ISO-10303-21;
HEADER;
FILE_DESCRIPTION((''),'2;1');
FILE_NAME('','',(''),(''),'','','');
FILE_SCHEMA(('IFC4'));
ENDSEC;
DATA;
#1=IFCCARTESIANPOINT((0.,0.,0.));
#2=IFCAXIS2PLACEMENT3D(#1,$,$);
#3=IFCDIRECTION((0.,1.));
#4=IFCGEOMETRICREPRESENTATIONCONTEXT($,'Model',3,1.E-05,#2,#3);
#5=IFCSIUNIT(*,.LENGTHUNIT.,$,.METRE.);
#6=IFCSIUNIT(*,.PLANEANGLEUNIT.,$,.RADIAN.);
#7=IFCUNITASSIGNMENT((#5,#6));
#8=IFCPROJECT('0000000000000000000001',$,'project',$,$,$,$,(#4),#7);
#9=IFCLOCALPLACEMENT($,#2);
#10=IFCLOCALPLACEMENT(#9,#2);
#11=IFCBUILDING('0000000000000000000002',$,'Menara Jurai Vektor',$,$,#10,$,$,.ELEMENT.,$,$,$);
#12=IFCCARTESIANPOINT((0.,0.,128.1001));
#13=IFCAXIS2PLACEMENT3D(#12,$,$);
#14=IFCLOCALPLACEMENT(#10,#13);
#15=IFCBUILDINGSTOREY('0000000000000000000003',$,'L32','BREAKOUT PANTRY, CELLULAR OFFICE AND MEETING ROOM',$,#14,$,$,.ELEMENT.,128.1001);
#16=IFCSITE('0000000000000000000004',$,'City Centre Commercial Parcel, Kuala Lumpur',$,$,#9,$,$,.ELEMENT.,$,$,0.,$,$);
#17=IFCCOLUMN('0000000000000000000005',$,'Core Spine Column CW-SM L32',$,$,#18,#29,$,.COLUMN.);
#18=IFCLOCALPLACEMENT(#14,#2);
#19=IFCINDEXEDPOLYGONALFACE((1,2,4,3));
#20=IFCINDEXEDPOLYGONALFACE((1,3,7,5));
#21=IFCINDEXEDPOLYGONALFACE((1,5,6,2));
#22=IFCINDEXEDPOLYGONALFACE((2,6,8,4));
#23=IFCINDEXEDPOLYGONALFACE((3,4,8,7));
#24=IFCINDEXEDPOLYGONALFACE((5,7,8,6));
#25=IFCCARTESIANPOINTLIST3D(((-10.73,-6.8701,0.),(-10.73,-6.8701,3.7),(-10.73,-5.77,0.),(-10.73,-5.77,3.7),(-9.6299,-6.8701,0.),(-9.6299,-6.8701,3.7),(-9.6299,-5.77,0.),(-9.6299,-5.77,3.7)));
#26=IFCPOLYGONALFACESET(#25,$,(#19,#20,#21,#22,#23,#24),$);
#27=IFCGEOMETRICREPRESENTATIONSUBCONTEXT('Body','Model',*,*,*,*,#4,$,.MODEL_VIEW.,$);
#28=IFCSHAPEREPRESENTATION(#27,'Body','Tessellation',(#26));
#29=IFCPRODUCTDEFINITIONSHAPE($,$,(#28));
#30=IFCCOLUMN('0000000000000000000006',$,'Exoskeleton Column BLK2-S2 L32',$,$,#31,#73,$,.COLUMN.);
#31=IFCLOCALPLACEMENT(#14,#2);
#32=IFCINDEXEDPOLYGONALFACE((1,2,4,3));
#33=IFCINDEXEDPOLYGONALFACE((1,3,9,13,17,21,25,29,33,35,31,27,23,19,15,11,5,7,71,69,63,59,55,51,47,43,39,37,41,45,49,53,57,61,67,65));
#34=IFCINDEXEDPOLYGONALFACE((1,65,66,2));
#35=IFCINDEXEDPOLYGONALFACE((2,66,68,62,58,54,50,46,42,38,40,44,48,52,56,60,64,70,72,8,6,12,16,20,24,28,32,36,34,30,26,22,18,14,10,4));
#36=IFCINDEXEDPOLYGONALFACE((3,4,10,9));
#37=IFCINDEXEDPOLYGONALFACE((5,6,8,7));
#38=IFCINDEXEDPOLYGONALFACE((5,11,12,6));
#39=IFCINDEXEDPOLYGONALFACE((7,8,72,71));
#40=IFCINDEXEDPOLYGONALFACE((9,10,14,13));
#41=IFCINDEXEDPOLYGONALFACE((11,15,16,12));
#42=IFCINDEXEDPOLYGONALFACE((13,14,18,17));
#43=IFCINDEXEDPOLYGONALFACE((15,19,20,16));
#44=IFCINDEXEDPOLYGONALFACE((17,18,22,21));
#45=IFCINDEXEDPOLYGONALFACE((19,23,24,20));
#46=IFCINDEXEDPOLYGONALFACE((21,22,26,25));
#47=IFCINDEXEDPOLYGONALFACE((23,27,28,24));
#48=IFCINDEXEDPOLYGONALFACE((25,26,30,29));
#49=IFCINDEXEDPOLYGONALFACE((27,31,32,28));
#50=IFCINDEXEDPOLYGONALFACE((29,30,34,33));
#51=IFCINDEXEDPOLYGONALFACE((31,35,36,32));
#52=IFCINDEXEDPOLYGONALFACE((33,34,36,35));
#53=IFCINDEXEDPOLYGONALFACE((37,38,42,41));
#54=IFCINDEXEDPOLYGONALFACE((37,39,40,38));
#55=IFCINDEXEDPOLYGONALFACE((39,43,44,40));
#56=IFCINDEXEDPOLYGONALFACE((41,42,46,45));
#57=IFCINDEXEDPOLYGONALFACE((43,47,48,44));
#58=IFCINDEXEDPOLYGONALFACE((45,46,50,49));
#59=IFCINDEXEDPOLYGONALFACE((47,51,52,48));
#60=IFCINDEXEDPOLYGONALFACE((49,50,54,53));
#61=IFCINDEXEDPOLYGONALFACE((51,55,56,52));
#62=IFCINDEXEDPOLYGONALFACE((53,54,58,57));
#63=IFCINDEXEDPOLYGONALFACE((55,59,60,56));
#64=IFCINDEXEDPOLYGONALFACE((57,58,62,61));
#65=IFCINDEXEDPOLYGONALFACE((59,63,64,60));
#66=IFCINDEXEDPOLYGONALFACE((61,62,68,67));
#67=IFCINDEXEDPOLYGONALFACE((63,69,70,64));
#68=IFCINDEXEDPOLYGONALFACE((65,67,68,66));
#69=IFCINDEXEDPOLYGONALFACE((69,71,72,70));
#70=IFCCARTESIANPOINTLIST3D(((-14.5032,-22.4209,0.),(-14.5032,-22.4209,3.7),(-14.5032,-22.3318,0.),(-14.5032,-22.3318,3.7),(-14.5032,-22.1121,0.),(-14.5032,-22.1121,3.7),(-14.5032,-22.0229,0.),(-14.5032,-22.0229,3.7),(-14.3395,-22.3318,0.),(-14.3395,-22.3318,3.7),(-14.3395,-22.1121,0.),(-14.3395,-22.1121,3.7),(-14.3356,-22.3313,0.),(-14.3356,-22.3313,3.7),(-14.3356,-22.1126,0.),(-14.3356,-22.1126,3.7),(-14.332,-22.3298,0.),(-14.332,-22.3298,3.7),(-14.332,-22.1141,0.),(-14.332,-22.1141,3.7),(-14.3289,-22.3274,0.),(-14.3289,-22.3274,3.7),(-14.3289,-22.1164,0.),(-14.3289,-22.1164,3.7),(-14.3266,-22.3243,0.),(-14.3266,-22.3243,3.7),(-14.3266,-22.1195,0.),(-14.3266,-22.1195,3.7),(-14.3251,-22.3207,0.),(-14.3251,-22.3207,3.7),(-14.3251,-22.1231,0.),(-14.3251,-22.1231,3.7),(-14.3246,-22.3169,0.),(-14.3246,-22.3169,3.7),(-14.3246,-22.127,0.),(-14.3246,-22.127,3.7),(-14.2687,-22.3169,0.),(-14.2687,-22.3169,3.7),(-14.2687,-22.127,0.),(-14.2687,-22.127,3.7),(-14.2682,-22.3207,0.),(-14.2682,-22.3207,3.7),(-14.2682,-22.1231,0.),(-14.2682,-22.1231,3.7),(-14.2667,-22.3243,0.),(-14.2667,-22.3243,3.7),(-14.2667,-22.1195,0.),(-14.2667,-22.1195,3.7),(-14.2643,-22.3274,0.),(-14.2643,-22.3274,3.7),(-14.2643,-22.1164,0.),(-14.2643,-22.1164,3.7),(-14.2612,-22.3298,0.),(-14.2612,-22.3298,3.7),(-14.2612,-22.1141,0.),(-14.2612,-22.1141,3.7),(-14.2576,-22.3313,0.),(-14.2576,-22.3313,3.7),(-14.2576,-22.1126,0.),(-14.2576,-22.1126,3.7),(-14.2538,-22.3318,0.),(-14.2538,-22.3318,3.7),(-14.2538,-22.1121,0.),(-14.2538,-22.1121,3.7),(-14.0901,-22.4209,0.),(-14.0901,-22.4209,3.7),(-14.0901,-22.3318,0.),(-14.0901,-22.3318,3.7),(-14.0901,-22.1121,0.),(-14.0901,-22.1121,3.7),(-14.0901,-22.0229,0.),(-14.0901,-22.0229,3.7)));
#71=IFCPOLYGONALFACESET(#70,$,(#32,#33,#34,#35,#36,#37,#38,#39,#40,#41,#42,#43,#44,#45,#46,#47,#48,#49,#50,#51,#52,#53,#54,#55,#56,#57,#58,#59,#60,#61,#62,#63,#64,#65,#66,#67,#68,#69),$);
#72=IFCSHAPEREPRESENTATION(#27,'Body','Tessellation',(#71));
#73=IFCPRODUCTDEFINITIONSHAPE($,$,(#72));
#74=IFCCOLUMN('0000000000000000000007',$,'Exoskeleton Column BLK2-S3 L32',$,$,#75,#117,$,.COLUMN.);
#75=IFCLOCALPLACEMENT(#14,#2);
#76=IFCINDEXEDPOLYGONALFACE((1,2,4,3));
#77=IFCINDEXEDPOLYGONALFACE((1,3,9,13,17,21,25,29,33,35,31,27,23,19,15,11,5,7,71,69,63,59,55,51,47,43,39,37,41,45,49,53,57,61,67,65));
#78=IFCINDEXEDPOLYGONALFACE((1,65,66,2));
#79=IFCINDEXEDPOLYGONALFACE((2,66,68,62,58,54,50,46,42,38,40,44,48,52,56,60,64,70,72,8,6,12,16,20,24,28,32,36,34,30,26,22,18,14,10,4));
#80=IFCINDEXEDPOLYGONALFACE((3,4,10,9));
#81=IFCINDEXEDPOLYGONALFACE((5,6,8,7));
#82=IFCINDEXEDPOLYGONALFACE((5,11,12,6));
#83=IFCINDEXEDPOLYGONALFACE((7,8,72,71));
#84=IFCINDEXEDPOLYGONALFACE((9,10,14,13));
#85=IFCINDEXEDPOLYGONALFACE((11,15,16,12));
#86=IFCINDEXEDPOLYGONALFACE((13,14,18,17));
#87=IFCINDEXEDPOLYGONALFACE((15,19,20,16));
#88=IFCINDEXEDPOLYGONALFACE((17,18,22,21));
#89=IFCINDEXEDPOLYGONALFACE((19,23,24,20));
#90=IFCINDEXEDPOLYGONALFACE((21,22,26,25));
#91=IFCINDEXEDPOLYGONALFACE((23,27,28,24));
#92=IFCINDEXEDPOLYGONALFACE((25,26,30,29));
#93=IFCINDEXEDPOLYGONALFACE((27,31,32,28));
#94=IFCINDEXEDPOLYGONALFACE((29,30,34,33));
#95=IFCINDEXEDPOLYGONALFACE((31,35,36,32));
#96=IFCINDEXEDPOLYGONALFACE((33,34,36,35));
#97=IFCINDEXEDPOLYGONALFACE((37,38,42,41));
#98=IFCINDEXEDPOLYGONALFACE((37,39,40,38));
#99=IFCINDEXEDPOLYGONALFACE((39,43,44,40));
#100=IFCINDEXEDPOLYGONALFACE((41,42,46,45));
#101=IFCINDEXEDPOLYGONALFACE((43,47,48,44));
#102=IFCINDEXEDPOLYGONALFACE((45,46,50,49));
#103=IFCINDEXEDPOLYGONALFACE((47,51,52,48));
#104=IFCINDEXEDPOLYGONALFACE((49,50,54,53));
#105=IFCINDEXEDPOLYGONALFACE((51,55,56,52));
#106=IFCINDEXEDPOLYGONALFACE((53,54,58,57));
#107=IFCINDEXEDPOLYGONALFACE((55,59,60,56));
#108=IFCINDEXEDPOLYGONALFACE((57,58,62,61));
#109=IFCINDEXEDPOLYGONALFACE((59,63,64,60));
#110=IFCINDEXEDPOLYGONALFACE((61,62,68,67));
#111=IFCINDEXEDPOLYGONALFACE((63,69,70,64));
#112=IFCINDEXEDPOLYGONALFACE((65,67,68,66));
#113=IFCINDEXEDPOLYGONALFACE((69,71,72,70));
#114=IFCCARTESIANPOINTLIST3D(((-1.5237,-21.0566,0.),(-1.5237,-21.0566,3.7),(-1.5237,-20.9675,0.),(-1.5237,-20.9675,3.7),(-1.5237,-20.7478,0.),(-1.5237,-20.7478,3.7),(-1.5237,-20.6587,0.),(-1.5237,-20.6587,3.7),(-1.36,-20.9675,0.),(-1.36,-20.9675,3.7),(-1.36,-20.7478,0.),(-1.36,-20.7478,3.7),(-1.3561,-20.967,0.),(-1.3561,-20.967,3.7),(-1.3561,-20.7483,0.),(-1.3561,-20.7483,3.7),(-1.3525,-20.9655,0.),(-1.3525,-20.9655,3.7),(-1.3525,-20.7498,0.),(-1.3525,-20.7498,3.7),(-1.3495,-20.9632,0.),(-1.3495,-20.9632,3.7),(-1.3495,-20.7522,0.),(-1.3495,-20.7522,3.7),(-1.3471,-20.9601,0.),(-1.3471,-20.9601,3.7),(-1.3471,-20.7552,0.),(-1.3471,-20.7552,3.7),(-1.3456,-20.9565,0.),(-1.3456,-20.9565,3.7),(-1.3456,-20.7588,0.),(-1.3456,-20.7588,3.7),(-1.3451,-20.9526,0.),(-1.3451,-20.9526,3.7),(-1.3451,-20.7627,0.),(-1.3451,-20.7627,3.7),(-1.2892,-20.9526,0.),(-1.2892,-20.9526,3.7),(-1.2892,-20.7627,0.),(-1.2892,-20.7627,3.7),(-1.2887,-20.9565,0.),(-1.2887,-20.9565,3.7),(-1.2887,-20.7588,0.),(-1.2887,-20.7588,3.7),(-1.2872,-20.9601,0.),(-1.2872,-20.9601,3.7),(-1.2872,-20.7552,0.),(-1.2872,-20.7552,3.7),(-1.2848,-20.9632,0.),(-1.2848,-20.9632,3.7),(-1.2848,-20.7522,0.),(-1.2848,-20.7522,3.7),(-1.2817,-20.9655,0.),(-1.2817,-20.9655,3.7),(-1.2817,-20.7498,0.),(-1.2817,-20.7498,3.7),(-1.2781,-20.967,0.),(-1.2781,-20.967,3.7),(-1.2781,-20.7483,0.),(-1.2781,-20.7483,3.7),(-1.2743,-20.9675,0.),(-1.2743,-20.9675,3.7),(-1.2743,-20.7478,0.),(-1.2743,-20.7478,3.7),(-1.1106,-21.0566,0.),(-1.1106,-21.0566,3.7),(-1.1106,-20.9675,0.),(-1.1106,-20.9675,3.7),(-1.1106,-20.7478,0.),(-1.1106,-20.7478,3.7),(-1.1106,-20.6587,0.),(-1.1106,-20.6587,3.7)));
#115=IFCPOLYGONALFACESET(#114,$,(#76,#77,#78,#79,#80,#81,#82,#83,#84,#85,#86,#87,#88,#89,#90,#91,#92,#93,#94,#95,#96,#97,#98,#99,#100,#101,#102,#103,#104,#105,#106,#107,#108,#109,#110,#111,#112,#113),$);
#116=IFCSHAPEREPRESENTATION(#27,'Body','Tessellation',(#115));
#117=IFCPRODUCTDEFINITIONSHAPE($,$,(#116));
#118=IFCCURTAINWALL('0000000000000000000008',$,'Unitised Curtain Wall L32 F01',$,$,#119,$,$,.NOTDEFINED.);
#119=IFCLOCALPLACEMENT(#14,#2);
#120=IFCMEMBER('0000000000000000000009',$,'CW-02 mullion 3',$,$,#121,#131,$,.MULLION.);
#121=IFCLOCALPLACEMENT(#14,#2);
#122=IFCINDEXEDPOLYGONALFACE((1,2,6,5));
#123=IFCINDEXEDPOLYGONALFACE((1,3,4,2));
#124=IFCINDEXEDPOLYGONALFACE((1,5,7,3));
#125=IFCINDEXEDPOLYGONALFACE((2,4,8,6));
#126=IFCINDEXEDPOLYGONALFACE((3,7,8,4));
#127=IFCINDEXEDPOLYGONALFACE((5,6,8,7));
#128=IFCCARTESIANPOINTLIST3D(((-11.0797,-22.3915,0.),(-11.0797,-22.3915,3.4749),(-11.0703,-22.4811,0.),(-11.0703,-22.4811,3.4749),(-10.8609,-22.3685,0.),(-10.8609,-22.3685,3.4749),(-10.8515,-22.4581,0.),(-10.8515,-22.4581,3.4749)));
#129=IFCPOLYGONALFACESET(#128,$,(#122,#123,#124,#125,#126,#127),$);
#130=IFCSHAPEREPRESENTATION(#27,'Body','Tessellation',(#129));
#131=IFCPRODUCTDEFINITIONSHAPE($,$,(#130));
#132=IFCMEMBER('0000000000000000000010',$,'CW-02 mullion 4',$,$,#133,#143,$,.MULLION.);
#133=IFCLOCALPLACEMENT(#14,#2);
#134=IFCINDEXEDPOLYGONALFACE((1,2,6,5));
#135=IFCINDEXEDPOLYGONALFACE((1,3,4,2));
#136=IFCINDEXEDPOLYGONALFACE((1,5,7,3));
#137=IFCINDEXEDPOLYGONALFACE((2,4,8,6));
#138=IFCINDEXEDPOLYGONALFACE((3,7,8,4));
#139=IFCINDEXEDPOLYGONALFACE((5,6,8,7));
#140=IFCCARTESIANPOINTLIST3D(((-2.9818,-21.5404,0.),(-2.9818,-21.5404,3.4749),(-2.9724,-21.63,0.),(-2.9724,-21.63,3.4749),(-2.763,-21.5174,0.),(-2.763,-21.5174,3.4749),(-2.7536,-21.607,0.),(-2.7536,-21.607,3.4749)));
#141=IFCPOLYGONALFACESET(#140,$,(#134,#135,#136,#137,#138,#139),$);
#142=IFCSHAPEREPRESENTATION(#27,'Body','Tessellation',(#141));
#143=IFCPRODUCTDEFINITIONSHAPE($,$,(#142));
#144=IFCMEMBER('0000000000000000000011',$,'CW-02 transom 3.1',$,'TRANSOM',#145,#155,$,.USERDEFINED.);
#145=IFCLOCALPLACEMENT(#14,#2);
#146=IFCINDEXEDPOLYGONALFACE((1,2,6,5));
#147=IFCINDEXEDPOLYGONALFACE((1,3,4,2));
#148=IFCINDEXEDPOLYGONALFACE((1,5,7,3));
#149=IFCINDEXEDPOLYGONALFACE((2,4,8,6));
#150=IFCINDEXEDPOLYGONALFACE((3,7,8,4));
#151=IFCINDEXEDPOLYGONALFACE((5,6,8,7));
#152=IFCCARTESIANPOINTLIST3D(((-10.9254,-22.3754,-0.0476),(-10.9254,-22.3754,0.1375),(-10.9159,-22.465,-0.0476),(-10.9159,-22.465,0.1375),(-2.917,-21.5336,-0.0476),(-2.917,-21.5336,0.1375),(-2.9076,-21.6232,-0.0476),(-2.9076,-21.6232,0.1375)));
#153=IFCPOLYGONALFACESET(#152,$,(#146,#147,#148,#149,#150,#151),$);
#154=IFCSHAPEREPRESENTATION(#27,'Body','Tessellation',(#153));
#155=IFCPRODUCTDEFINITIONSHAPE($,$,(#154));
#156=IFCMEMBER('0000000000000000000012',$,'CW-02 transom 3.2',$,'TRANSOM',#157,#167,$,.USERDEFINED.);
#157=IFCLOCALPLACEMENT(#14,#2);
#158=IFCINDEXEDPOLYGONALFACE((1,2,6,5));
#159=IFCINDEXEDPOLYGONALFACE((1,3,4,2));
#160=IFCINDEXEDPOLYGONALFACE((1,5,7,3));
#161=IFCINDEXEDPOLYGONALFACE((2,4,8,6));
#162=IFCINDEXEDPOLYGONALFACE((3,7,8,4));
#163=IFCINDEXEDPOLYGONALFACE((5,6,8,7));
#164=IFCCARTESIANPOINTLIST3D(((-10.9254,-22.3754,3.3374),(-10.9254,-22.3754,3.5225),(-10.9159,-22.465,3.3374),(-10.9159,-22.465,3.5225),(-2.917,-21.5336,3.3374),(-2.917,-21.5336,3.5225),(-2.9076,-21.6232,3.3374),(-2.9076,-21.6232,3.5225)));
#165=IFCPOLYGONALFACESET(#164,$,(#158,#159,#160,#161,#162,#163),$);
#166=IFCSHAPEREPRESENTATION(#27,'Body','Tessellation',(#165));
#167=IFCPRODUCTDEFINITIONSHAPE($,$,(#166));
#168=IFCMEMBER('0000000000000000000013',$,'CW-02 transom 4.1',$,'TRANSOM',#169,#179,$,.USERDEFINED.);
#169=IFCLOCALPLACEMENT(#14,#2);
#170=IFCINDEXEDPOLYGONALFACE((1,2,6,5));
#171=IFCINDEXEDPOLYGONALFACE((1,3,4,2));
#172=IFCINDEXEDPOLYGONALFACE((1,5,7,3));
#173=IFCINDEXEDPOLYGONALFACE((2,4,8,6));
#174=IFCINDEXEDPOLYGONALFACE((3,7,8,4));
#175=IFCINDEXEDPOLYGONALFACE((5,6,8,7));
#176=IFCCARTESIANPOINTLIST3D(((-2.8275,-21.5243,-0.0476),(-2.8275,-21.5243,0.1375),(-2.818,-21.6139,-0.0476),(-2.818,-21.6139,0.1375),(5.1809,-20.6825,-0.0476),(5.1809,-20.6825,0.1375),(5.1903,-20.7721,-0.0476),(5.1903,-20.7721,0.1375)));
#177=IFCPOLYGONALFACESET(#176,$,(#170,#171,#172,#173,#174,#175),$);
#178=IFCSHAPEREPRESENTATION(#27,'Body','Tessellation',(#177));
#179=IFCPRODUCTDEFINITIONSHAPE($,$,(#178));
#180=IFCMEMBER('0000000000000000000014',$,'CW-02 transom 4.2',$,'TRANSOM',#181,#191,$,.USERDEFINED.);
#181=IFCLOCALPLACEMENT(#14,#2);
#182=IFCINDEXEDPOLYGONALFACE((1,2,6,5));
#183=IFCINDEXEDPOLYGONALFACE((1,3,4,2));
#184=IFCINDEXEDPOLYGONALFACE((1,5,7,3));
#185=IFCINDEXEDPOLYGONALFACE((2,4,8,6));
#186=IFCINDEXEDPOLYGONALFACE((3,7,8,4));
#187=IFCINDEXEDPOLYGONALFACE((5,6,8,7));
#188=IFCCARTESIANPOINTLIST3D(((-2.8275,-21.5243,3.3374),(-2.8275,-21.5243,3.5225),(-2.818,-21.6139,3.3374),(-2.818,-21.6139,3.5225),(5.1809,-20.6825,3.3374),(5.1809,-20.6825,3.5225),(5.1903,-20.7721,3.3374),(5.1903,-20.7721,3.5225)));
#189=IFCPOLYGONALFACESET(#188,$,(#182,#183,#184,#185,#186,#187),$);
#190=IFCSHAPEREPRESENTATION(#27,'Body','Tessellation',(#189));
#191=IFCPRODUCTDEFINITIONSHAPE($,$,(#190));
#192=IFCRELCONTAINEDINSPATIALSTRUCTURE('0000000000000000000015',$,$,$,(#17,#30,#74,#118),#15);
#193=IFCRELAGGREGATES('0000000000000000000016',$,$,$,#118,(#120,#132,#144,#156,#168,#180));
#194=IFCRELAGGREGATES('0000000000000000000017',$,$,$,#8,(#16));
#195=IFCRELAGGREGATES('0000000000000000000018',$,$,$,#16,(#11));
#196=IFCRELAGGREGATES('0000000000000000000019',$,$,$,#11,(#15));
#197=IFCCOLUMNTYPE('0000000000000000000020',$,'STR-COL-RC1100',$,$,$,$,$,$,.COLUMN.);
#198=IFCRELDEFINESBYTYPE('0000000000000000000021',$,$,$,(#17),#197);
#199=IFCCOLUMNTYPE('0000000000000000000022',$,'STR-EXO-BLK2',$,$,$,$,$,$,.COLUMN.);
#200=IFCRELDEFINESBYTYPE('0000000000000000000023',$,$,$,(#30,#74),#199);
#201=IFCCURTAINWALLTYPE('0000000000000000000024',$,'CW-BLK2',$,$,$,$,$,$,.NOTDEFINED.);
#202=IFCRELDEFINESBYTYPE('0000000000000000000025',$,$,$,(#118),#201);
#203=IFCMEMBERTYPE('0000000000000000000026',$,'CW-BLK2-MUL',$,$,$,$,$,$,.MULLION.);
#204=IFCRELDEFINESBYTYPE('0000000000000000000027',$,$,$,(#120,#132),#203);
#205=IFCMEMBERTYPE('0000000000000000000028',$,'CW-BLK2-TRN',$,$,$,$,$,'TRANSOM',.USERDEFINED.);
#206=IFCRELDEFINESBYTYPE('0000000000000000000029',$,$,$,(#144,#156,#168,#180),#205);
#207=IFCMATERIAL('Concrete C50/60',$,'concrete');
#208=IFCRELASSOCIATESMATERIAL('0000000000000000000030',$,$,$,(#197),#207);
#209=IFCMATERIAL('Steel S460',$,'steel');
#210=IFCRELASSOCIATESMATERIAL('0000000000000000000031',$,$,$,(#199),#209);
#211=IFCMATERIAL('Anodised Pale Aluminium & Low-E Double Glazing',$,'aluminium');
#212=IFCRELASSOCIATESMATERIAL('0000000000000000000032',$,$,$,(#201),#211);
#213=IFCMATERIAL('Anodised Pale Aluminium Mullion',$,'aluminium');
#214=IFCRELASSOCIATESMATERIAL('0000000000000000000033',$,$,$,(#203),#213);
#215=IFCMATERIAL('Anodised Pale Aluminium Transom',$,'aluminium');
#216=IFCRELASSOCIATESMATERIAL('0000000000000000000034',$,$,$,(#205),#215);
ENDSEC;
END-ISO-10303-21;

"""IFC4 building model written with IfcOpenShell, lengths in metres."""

from ifc_helpers import new_model, si_unit, direction, frame, origin, origin_2d, place, context, subcontext, project, spatial, rectangle, i_section, extrude, material, material_profile, profile_set, type_object, element, aggregate, save


model = new_model("IFC4")

# Units and contexts
model_context = context("Model", 3, precision=1e-05, world=origin(), true_north=direction((0.0, 1.0)))
body_context = subcontext(model_context, "Body", "Model", "MODEL_VIEW")
ifc_project = project(units=[si_unit("LENGTHUNIT", "METRE"), si_unit("PLANEANGLEUNIT", "RADIAN")], contexts=[model_context])

# Site, building, storey
site_placement = place(None, origin())
site = spatial("IfcSite", under=ifc_project, at=site_placement, Name="City Centre Commercial Parcel, Kuala Lumpur", CompositionType="ELEMENT", RefElevation=0.0)
building_placement = place(site_placement, origin())
building = spatial("IfcBuilding", under=site, at=building_placement, Name="Menara Jurai Vektor", CompositionType="ELEMENT")
storey_placement = place(building_placement, frame((0.0, 0.0, 128.1001)))
storey = spatial("IfcBuildingStorey", under=building, at=storey_placement, Name="L32", Description="BREAKOUT PANTRY, CELLULAR OFFICE AND MEETING ROOM", CompositionType="ELEMENT", Elevation=128.1001)

# Columns
ifc_material_1 = material(Name="Concrete C50/60", Category="concrete")
ifc_material_profile_1 = material_profile(ifc_material_1, rectangle(XDim=1.1001, YDim=1.1001, at=origin_2d()), Name="RC 1100x1100")
ifc_profile_set_1 = profile_set([ifc_material_profile_1], Name="Concrete C50/60")
column_type_1 = type_object("IfcColumnType", Name="STR-COL-RC1100", PredefinedType="COLUMN", material=ifc_profile_set_1)
column_placement = place(storey_placement, frame((-10.1799, -6.3201, 0.0), z_axis=(0.0, 0.0, 1.0), x_axis=(1.0, 0.0, 0.0)))
element("IfcColumn", 1, at=column_placement, inside=storey, type_object=column_type_1, Name="Core Spine Column CW-SM L32", PredefinedType="COLUMN", context=body_context, shape_type="SweptSolid", body=[
    extrude(rectangle(XDim=1.1001, YDim=1.1001, at=origin_2d()), origin(), (0.0, 0.0, 1.0), 3.7),
])
ifc_material_2 = material(Name="Steel S460", Category="steel")
ifc_material_profile_2 = material_profile(ifc_material_2, i_section(OverallWidth=0.4131, OverallDepth=0.3979, WebThickness=0.0559, FlangeThickness=0.0891, FilletRadius=0.0149, at=origin_2d()), Name="HD 400x744")
ifc_profile_set_2 = profile_set([ifc_material_profile_2], Name="Steel S460")
column_type_2 = type_object("IfcColumnType", Name="STR-EXO-BLK2", PredefinedType="COLUMN", material=ifc_profile_set_2)
for number, where, z_axis, x_axis, name in (
    (2, (-14.2966, -22.2219, 0.0), (0.0, 0.0, 1.0), (1.0, 0.0, 0.0), "Exoskeleton Column BLK2-S2 L32"),
    (3, (-1.3171, -20.8577, 0.0), (0.0, 0.0, 1.0), (1.0, 0.0, 0.0), "Exoskeleton Column BLK2-S3 L32"),
):
    element("IfcColumn", number, at=place(storey_placement, frame(where, z_axis=z_axis, x_axis=x_axis)), inside=storey, type_object=column_type_2, Name=name, PredefinedType="COLUMN", context=body_context, shape_type="SweptSolid", body=[
        extrude(i_section(OverallWidth=0.4131, OverallDepth=0.3979, WebThickness=0.0559, FlangeThickness=0.0891, FilletRadius=0.0149, at=origin_2d()), origin(), (0.0, 0.0, 1.0), 3.7),
    ])

# Curtain wall, members
ifc_material_3 = material(Name="Anodised Pale Aluminium & Low-E Double Glazing", Category="aluminium")
curtain_wall_type = type_object("IfcCurtainWallType", Name="CW-BLK2", PredefinedType="NOTDEFINED", material=ifc_material_3)
curtain_wall_placement = place(storey_placement, origin())
curtain_wall = element("IfcCurtainWall", 4, at=curtain_wall_placement, inside=storey, type_object=curtain_wall_type, Name="Unitised Curtain Wall L32 F01", PredefinedType="NOTDEFINED")
ifc_material_4 = material(Name="Anodised Pale Aluminium Mullion", Category="aluminium")
ifc_material_profile_3 = material_profile(ifc_material_4, rectangle(XDim=0.0901, YDim=0.22, at=origin_2d()), Name="ALU MUL 90x220")
ifc_profile_set_3 = profile_set([ifc_material_profile_3], Name="Anodised Pale Aluminium Mullion")
member_type_1 = type_object("IfcMemberType", Name="CW-BLK2-MUL", PredefinedType="MULLION", material=ifc_profile_set_3)
member_1_placement = place(storey_placement, frame((-10.9656, -22.4248, 0.0), z_axis=(0.0, 0.0, 1.0), x_axis=(-0.104529, 0.994522, 0.0)))
member_1 = element("IfcMember", 5, at=member_1_placement, type_object=member_type_1, Name="CW-02 mullion 3", PredefinedType="MULLION", context=body_context, shape_type="SweptSolid", body=[
    extrude(rectangle(XDim=0.0901, YDim=0.22, at=origin_2d()), origin(), (0.0, 0.0, 1.0), 3.4749),
])
member_2_placement = place(storey_placement, frame((-2.8677, -21.5737, 0.0), z_axis=(0.0, 0.0, 1.0), x_axis=(-0.104529, 0.994522, 0.0)))
member_2 = element("IfcMember", 6, at=member_2_placement, type_object=member_type_1, Name="CW-02 mullion 4", PredefinedType="MULLION", context=body_context, shape_type="SweptSolid", body=[
    extrude(rectangle(XDim=0.0901, YDim=0.22, at=origin_2d()), origin(), (0.0, 0.0, 1.0), 3.4749),
])
ifc_material_5 = material(Name="Anodised Pale Aluminium Transom", Category="aluminium")
ifc_material_profile_4 = material_profile(ifc_material_5, rectangle(XDim=0.0901, YDim=0.1851, at=origin_2d()), Name="ALU TRN 90x185")
ifc_profile_set_4 = profile_set([ifc_material_profile_4], Name="Anodised Pale Aluminium Transom")
member_type_2 = type_object("IfcMemberType", Name="CW-BLK2-TRN", ElementType="TRANSOM", PredefinedType="USERDEFINED", material=ifc_profile_set_4)
member_3_placement = place(storey_placement, frame((-10.9207, -22.4202, 0.0449), z_axis=(0.994521, 0.10454, 0.0), x_axis=(-0.10454, 0.994521, 0.0)))
member_3 = element("IfcMember", 7, at=member_3_placement, type_object=member_type_2, Name="CW-02 transom 3.1", ObjectType="TRANSOM", PredefinedType="USERDEFINED", context=body_context, shape_type="SweptSolid", body=[
    extrude(rectangle(XDim=0.0901, YDim=0.1851, at=origin_2d()), origin(), (0.0, 0.0, 1.0), 8.0525),
])
member_4_placement = place(storey_placement, frame((-10.9207, -22.4202, 3.4299), z_axis=(0.994521, 0.10454, 0.0), x_axis=(-0.10454, 0.994521, 0.0)))
member_4 = element("IfcMember", 8, at=member_4_placement, type_object=member_type_2, Name="CW-02 transom 3.2", ObjectType="TRANSOM", PredefinedType="USERDEFINED", context=body_context, shape_type="SweptSolid", body=[
    extrude(rectangle(XDim=0.0901, YDim=0.1851, at=origin_2d()), origin(), (0.0, 0.0, 1.0), 8.0525),
])
member_5_placement = place(storey_placement, frame((-2.8228, -21.5691, 0.0449), z_axis=(0.994521, 0.10454, 0.0), x_axis=(-0.10454, 0.994521, 0.0)))
member_5 = element("IfcMember", 9, at=member_5_placement, type_object=member_type_2, Name="CW-02 transom 4.1", ObjectType="TRANSOM", PredefinedType="USERDEFINED", context=body_context, shape_type="SweptSolid", body=[
    extrude(rectangle(XDim=0.0901, YDim=0.1851, at=origin_2d()), origin(), (0.0, 0.0, 1.0), 8.0525),
])
member_6_placement = place(storey_placement, frame((-2.8228, -21.5691, 3.4299), z_axis=(0.994521, 0.10454, 0.0), x_axis=(-0.10454, 0.994521, 0.0)))
member_6 = element("IfcMember", 10, at=member_6_placement, type_object=member_type_2, Name="CW-02 transom 4.2", ObjectType="TRANSOM", PredefinedType="USERDEFINED", context=body_context, shape_type="SweptSolid", body=[
    extrude(rectangle(XDim=0.0901, YDim=0.1851, at=origin_2d()), origin(), (0.0, 0.0, 1.0), 8.0525),
])

aggregate(curtain_wall, [member_1, member_2, member_3, member_4, member_5, member_6])

save(model, "model.ifc")
